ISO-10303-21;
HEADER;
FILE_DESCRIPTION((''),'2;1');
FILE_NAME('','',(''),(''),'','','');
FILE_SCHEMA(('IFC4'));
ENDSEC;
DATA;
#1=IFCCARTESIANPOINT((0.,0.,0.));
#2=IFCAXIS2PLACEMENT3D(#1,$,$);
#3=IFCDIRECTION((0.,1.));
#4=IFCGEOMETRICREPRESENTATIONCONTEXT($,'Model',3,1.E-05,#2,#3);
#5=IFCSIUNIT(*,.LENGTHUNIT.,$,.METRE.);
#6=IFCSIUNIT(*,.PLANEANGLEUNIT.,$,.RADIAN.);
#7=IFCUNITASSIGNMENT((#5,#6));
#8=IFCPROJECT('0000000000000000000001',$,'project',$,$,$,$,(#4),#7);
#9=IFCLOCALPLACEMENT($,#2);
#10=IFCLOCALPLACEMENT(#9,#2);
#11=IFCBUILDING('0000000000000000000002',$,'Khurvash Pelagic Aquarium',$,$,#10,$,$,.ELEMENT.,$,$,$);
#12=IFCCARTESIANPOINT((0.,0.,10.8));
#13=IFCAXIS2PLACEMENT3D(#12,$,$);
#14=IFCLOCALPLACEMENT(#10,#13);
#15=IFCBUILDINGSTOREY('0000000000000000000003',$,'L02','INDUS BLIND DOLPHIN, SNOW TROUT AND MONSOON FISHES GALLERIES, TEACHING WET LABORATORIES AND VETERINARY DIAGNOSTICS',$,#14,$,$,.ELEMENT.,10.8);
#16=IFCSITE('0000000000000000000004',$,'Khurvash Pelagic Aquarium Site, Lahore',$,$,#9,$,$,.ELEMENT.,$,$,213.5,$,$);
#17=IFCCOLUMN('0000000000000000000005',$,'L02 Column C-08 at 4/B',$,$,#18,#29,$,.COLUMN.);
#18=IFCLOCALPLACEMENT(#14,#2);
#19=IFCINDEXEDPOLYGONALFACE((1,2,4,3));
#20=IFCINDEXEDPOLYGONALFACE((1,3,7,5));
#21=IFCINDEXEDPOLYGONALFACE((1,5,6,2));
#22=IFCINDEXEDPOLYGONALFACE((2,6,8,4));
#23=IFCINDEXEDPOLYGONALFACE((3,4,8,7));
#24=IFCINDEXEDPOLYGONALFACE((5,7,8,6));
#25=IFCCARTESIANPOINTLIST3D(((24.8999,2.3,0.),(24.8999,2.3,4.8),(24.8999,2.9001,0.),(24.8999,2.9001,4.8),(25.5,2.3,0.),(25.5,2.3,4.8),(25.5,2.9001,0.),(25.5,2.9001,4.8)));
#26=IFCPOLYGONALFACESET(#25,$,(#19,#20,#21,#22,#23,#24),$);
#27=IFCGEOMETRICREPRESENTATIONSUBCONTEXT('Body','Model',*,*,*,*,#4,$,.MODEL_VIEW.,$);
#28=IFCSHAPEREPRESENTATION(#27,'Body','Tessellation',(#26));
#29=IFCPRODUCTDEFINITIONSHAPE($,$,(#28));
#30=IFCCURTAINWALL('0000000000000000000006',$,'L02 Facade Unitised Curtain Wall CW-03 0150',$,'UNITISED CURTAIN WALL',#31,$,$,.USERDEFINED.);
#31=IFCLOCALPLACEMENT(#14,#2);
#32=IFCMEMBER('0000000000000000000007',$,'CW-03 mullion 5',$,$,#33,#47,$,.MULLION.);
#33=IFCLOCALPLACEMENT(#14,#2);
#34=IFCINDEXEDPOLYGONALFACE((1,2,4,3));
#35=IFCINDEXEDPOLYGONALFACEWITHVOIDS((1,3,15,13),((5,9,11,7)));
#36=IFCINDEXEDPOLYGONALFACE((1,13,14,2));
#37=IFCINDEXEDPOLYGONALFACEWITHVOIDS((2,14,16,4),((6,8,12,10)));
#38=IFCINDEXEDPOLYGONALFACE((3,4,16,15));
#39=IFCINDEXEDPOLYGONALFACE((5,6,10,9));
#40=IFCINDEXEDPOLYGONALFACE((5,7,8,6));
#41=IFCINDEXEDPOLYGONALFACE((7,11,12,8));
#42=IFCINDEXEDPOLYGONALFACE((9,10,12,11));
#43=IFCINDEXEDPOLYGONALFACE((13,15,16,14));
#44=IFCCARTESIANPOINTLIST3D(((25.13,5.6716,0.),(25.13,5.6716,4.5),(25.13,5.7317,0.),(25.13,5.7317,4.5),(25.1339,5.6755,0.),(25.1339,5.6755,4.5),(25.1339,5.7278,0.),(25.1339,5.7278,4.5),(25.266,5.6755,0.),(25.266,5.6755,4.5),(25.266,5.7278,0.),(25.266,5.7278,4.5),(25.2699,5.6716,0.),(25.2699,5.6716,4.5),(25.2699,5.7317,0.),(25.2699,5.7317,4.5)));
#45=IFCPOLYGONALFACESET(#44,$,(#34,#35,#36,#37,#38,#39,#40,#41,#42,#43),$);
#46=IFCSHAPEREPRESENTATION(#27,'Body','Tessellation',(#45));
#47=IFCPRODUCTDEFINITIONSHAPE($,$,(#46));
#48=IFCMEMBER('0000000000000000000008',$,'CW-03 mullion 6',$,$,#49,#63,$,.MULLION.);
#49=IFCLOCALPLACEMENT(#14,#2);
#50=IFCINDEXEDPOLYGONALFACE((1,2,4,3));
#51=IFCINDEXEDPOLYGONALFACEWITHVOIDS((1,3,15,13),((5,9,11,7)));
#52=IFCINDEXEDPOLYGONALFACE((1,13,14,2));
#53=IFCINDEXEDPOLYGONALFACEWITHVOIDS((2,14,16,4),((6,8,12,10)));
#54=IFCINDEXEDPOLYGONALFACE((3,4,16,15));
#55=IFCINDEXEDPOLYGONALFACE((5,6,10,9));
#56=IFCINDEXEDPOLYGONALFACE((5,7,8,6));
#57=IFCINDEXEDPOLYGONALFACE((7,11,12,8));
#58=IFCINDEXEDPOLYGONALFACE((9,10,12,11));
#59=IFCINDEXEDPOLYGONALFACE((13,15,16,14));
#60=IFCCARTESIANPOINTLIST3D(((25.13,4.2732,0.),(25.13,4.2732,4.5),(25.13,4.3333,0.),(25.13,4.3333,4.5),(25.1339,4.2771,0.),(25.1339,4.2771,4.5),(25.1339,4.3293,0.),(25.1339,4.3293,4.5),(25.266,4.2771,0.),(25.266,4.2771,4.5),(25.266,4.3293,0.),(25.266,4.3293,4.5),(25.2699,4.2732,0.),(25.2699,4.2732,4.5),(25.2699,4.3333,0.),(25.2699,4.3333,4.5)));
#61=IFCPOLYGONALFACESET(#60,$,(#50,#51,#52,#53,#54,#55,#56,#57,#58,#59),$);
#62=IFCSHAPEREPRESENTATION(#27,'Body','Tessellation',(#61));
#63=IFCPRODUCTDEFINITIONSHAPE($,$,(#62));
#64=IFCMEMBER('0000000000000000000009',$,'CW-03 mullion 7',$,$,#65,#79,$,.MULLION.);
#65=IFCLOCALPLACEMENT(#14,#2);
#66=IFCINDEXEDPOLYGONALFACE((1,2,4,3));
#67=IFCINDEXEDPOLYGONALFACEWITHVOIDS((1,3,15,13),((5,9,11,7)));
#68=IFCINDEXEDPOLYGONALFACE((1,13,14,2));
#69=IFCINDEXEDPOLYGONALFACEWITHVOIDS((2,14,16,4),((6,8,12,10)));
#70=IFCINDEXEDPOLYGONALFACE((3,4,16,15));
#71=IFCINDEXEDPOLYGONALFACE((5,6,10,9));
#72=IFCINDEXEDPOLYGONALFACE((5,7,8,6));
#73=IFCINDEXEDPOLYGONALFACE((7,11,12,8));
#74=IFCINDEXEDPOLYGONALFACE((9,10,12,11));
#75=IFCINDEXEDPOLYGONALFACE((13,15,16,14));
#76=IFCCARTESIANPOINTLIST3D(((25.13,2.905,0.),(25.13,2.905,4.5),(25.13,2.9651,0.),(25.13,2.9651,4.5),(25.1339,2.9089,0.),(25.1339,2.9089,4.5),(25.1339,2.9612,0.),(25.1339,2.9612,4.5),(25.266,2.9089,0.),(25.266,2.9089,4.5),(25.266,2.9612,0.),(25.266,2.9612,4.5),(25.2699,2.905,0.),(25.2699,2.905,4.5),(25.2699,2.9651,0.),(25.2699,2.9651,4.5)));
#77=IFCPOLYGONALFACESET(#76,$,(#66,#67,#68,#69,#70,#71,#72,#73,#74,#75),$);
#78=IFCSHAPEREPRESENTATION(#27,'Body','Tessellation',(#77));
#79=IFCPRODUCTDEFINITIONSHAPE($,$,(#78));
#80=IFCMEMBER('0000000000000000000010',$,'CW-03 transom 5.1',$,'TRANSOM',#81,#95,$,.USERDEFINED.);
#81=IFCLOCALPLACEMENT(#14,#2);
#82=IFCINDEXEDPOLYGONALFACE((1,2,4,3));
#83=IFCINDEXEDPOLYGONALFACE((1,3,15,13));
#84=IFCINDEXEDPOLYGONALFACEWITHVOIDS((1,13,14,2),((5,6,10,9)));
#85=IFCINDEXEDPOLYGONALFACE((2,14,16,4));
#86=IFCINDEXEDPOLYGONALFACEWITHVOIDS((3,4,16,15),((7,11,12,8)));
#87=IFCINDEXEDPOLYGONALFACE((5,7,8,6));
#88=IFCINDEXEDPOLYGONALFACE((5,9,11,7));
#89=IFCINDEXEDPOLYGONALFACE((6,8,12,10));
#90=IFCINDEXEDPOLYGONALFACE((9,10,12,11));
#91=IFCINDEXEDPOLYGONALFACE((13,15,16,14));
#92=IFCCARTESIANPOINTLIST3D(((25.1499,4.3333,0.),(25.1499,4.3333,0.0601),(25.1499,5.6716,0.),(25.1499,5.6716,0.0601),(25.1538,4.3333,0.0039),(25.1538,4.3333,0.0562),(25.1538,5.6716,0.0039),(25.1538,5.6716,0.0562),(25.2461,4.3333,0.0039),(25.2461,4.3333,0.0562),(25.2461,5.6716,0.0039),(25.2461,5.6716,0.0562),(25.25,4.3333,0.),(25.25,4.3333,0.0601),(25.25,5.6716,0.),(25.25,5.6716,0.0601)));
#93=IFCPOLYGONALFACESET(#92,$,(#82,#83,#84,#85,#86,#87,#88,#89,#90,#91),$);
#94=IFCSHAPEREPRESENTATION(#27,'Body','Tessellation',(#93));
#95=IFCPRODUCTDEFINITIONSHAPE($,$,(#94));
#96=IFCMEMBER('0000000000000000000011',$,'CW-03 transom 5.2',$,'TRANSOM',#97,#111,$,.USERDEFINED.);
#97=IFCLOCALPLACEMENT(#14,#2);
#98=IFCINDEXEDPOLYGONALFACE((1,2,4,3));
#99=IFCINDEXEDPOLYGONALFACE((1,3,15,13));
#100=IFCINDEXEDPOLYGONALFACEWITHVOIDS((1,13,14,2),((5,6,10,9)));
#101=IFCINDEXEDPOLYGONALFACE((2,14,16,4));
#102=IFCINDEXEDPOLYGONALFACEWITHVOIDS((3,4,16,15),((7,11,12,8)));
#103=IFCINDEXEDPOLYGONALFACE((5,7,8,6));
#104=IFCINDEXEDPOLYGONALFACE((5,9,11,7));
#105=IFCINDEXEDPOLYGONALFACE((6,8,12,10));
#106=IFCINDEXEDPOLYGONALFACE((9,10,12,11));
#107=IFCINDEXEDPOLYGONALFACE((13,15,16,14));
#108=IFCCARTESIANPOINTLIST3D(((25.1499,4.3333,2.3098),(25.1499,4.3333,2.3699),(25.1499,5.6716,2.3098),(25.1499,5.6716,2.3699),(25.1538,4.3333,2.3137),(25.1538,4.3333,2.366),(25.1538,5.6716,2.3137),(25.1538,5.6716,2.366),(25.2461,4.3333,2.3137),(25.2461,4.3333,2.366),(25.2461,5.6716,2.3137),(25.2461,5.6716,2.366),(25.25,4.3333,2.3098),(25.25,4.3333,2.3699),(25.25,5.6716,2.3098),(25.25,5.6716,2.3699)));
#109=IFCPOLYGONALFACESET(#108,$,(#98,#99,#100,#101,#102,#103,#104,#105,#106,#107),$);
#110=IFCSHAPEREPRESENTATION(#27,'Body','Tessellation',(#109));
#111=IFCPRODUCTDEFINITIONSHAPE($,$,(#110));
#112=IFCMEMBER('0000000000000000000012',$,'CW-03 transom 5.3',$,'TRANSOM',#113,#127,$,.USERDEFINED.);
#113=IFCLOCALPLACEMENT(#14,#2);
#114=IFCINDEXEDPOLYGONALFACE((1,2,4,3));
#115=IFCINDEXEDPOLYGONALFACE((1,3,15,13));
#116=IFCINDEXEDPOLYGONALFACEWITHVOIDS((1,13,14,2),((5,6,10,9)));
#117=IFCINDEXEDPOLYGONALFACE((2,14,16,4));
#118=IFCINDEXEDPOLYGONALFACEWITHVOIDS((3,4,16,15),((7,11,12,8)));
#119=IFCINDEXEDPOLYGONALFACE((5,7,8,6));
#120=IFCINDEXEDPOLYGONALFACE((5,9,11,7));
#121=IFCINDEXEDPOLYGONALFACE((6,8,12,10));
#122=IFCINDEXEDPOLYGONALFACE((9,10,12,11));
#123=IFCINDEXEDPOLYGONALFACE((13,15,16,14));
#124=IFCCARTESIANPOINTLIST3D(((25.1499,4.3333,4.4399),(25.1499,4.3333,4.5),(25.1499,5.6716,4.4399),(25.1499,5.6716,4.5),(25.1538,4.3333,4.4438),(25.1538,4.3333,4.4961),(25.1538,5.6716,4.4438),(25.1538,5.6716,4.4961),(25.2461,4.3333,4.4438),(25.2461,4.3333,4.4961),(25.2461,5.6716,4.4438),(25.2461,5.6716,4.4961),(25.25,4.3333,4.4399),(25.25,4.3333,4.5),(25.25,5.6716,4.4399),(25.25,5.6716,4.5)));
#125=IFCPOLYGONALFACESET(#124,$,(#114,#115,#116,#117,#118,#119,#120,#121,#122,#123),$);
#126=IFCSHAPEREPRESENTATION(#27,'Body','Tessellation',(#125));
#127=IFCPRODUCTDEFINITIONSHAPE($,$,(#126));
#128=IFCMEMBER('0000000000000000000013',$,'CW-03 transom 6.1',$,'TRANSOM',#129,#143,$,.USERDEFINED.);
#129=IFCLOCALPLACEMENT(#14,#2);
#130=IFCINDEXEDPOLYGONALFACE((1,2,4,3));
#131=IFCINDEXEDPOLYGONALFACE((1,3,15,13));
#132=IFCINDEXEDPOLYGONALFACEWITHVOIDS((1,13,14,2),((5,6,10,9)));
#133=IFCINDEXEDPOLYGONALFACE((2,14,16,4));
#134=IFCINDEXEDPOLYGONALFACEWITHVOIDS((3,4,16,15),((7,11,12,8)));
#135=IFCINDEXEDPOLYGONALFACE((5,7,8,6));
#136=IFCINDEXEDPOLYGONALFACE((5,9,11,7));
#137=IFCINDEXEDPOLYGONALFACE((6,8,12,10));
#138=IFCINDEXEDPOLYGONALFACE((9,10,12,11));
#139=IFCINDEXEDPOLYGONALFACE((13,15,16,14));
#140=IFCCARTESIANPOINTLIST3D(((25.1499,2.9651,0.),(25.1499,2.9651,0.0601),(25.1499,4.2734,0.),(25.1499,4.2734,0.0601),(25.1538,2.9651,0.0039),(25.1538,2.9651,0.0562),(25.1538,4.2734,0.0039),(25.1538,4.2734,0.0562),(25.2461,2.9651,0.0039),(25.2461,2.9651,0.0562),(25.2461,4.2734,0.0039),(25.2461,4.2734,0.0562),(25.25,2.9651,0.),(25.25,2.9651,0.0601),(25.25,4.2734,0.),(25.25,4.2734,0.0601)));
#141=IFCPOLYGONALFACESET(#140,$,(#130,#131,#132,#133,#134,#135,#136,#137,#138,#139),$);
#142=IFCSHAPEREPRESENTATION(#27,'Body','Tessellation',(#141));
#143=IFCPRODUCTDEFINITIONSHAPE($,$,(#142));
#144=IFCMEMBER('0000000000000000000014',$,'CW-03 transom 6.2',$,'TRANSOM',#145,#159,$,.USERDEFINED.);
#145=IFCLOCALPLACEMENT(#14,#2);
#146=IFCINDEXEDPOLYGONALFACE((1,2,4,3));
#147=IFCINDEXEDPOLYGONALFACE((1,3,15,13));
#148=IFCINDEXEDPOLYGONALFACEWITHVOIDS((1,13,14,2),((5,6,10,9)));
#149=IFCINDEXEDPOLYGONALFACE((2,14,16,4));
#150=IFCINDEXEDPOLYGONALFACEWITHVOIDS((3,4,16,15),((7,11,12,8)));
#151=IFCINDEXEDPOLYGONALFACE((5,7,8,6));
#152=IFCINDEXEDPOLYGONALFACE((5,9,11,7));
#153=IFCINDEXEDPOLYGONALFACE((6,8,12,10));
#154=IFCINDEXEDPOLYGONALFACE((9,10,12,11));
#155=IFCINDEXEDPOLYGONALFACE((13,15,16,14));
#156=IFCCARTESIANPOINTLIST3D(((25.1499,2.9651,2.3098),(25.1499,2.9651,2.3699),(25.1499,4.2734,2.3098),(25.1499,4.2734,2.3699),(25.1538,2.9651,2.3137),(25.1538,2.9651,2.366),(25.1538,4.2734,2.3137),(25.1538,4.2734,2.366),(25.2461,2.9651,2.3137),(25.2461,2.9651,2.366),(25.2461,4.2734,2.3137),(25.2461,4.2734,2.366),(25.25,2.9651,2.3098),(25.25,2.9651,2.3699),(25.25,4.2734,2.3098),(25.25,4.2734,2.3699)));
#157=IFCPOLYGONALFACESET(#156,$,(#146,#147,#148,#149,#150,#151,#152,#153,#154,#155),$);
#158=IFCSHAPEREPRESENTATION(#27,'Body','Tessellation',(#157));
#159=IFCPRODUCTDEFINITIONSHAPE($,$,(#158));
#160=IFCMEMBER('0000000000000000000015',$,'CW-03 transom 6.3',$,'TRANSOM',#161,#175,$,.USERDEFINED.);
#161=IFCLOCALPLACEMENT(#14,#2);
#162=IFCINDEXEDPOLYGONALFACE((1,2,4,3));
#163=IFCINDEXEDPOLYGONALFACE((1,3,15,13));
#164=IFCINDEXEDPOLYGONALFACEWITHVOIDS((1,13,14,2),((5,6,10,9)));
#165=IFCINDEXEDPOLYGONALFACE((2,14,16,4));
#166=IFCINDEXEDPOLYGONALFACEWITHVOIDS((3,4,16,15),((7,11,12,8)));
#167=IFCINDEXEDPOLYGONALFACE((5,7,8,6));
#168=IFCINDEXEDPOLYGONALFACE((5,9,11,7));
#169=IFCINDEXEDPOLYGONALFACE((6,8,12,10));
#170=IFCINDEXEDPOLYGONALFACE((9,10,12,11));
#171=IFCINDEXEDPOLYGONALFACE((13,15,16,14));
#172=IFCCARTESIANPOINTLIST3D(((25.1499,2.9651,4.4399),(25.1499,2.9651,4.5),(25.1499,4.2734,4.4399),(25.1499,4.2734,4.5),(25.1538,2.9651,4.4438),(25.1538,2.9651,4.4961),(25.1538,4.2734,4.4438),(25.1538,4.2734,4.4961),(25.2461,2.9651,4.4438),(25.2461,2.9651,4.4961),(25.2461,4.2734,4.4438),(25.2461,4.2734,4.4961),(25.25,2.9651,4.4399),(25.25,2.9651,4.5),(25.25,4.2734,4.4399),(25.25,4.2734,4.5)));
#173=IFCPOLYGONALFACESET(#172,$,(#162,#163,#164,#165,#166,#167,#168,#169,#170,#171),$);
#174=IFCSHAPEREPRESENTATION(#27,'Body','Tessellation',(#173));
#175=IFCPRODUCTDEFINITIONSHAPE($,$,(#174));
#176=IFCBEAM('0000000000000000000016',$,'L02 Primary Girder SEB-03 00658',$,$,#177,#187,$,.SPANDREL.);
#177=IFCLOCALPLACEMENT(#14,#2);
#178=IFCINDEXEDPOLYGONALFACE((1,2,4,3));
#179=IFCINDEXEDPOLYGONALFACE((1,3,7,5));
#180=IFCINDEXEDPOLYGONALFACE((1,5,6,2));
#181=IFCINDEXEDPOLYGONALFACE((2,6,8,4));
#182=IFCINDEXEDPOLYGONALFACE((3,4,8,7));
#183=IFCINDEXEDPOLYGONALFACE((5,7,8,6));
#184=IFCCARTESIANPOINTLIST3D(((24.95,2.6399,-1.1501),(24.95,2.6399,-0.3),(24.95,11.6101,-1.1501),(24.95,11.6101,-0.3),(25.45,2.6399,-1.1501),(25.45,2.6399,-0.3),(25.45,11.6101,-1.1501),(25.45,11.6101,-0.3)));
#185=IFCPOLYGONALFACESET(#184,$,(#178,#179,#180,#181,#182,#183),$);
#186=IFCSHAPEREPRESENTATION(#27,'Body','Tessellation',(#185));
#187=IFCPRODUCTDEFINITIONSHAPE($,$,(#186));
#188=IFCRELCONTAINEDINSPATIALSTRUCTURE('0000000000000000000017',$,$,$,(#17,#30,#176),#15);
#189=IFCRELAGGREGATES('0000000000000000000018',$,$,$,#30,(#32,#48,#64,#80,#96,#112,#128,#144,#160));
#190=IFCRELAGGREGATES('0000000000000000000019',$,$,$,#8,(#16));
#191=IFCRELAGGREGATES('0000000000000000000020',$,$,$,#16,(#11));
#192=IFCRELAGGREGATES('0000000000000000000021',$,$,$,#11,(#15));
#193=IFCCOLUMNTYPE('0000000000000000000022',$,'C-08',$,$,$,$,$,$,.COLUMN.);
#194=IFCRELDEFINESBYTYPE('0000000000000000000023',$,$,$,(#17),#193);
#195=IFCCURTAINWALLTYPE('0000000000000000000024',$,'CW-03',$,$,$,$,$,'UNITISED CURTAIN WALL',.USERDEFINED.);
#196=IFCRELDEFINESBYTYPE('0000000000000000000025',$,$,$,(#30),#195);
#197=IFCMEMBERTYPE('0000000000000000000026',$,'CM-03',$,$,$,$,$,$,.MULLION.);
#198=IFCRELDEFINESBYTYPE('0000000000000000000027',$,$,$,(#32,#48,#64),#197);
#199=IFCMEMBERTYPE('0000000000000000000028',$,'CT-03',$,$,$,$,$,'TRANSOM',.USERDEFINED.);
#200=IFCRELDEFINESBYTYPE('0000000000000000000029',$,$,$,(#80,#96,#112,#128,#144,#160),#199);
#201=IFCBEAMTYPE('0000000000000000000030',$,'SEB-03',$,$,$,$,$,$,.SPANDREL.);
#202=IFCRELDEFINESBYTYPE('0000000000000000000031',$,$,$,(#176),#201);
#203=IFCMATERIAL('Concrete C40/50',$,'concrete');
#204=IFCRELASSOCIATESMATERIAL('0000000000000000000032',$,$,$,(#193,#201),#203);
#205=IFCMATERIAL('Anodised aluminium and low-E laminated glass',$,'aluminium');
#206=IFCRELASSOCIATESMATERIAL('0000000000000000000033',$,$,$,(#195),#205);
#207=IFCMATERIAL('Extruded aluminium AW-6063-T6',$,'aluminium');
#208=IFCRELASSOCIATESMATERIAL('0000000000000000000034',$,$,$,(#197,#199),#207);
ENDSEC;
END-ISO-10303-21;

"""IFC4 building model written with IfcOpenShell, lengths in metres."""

from ifc_helpers import new_model, si_unit, direction, frame, origin, origin_2d, place, context, subcontext, project, spatial, rectangle, hollow_rectangle, extrude, material, material_profile, profile_set, type_object, element, aggregate, save


model = new_model("IFC4")

# Units and contexts
model_context = context("Model", 3, precision=1e-05, world=origin(), true_north=direction((0.0, 1.0)))
body_context = subcontext(model_context, "Body", "Model", "MODEL_VIEW")
ifc_project = project(units=[si_unit("LENGTHUNIT", "METRE"), si_unit("PLANEANGLEUNIT", "RADIAN")], contexts=[model_context])

# Site, building, storey
site_placement = place(None, origin())
site = spatial("IfcSite", under=ifc_project, at=site_placement, Name="Khurvash Pelagic Aquarium Site, Lahore", CompositionType="ELEMENT", RefElevation=213.5)
building_placement = place(site_placement, origin())
building = spatial("IfcBuilding", under=site, at=building_placement, Name="Khurvash Pelagic Aquarium", CompositionType="ELEMENT")
storey_placement = place(building_placement, frame((0.0, 0.0, 10.8)))
storey = spatial("IfcBuildingStorey", under=building, at=storey_placement, Name="L02", Description="INDUS BLIND DOLPHIN, SNOW TROUT AND MONSOON FISHES GALLERIES, TEACHING WET LABORATORIES AND VETERINARY DIAGNOSTICS", CompositionType="ELEMENT", Elevation=10.8)

# Column
ifc_material_1 = material(Name="Concrete C40/50", Category="concrete")
ifc_material_profile_1 = material_profile(ifc_material_1, rectangle(XDim=0.6001, YDim=0.6001, at=origin_2d()), Name="RC600X600")
ifc_profile_set_1 = profile_set([ifc_material_profile_1], Name="Concrete C40/50")
column_type = type_object("IfcColumnType", Name="C-08", PredefinedType="COLUMN", material=ifc_profile_set_1)
column_placement = place(storey_placement, frame((25.2, 2.6001, 0.0), z_axis=(0.0, 0.0, 1.0), x_axis=(1.0, 0.0, 0.0)))
element("IfcColumn", 1, at=column_placement, inside=storey, type_object=column_type, Name="L02 Column C-08 at 4/B", PredefinedType="COLUMN", context=body_context, shape_type="SweptSolid", body=[
    extrude(rectangle(XDim=0.6001, YDim=0.6001, at=origin_2d()), origin(), (0.0, 0.0, 1.0), 4.8),
])

# Curtain wall, members
ifc_material_2 = material(Name="Anodised aluminium and low-E laminated glass", Category="aluminium")
curtain_wall_type = type_object("IfcCurtainWallType", Name="CW-03", ElementType="UNITISED CURTAIN WALL", PredefinedType="USERDEFINED", material=ifc_material_2)
curtain_wall_placement = place(storey_placement, origin())
curtain_wall = element("IfcCurtainWall", 2, at=curtain_wall_placement, inside=storey, type_object=curtain_wall_type, Name="L02 Facade Unitised Curtain Wall CW-03 0150", ObjectType="UNITISED CURTAIN WALL", PredefinedType="USERDEFINED")
ifc_material_3 = material(Name="Extruded aluminium AW-6063-T6", Category="aluminium")
ifc_material_profile_2 = material_profile(ifc_material_3, hollow_rectangle(XDim=0.0601, YDim=0.1399, WallThickness=0.0039, at=origin_2d()), Name="CWM60X140X4")
ifc_profile_set_2 = profile_set([ifc_material_profile_2], Name="Extruded aluminium AW-6063-T6")
member_type_1 = type_object("IfcMemberType", Name="CM-03", PredefinedType="MULLION", material=ifc_profile_set_2)
member_1_placement = place(storey_placement, frame((25.2, 5.7017, 0.0), z_axis=(0.0, 0.0, 1.0), x_axis=(0.0, -1.0, 0.0)))
member_1 = element("IfcMember", 3, at=member_1_placement, type_object=member_type_1, Name="CW-03 mullion 5", PredefinedType="MULLION", context=body_context, shape_type="SweptSolid", body=[
    extrude(hollow_rectangle(XDim=0.0601, YDim=0.1399, WallThickness=0.0039, at=origin_2d()), origin(), (0.0, 0.0, 1.0), 4.5),
])
member_2_placement = place(storey_placement, frame((25.2, 4.3032, 0.0), z_axis=(0.0, 0.0, 1.0), x_axis=(0.0, -1.0, 0.0)))
member_2 = element("IfcMember", 4, at=member_2_placement, type_object=member_type_1, Name="CW-03 mullion 6", PredefinedType="MULLION", context=body_context, shape_type="SweptSolid", body=[
    extrude(hollow_rectangle(XDim=0.0601, YDim=0.1399, WallThickness=0.0039, at=origin_2d()), origin(), (0.0, 0.0, 1.0), 4.5),
])
member_3_placement = place(storey_placement, frame((25.2, 2.9351, 0.0), z_axis=(0.0, 0.0, 1.0), x_axis=(0.0, -1.0, 0.0)))
member_3 = element("IfcMember", 5, at=member_3_placement, type_object=member_type_1, Name="CW-03 mullion 7", PredefinedType="MULLION", context=body_context, shape_type="SweptSolid", body=[
    extrude(hollow_rectangle(XDim=0.0601, YDim=0.1399, WallThickness=0.0039, at=origin_2d()), origin(), (0.0, 0.0, 1.0), 4.5),
])
ifc_material_profile_3 = material_profile(ifc_material_3, hollow_rectangle(XDim=0.1001, YDim=0.0601, WallThickness=0.0039, at=origin_2d()), Name="CWT100X60X4")
ifc_profile_set_3 = profile_set([ifc_material_profile_3], Name="Extruded aluminium AW-6063-T6")
member_type_2 = type_object("IfcMemberType", Name="CT-03", ElementType="TRANSOM", PredefinedType="USERDEFINED", material=ifc_profile_set_3)
member_4_placement = place(storey_placement, frame((25.2, 5.6716, 0.03), z_axis=(0.0, -1.0, 0.0), x_axis=(1.0, 0.0, 0.0)))
member_4 = element("IfcMember", 6, at=member_4_placement, type_object=member_type_2, Name="CW-03 transom 5.1", ObjectType="TRANSOM", PredefinedType="USERDEFINED", context=body_context, shape_type="SweptSolid", body=[
    extrude(hollow_rectangle(XDim=0.1001, YDim=0.0601, WallThickness=0.0039, at=origin_2d()), origin(), (0.0, 0.0, 1.0), 1.3384),
])
member_5_placement = place(storey_placement, frame((25.2, 5.6716, 2.3398), z_axis=(0.0, -1.0, 0.0), x_axis=(1.0, 0.0, 0.0)))
member_5 = element("IfcMember", 7, at=member_5_placement, type_object=member_type_2, Name="CW-03 transom 5.2", ObjectType="TRANSOM", PredefinedType="USERDEFINED", context=body_context, shape_type="SweptSolid", body=[
    extrude(hollow_rectangle(XDim=0.1001, YDim=0.0601, WallThickness=0.0039, at=origin_2d()), origin(), (0.0, 0.0, 1.0), 1.3384),
])
member_6_placement = place(storey_placement, frame((25.2, 5.6716, 4.47), z_axis=(0.0, -1.0, 0.0), x_axis=(1.0, 0.0, 0.0)))
member_6 = element("IfcMember", 8, at=member_6_placement, type_object=member_type_2, Name="CW-03 transom 5.3", ObjectType="TRANSOM", PredefinedType="USERDEFINED", context=body_context, shape_type="SweptSolid", body=[
    extrude(hollow_rectangle(XDim=0.1001, YDim=0.0601, WallThickness=0.0039, at=origin_2d()), origin(), (0.0, 0.0, 1.0), 1.3384),
])
member_7_placement = place(storey_placement, frame((25.2, 4.2734, 0.03), z_axis=(0.0, -1.0, 0.0), x_axis=(1.0, 0.0, 0.0)))
member_7 = element("IfcMember", 9, at=member_7_placement, type_object=member_type_2, Name="CW-03 transom 6.1", ObjectType="TRANSOM", PredefinedType="USERDEFINED", context=body_context, shape_type="SweptSolid", body=[
    extrude(hollow_rectangle(XDim=0.1001, YDim=0.0601, WallThickness=0.0039, at=origin_2d()), origin(), (0.0, 0.0, 1.0), 1.3083),
])
member_8_placement = place(storey_placement, frame((25.2, 4.2734, 2.3398), z_axis=(0.0, -1.0, 0.0), x_axis=(1.0, 0.0, 0.0)))
member_8 = element("IfcMember", 10, at=member_8_placement, type_object=member_type_2, Name="CW-03 transom 6.2", ObjectType="TRANSOM", PredefinedType="USERDEFINED", context=body_context, shape_type="SweptSolid", body=[
    extrude(hollow_rectangle(XDim=0.1001, YDim=0.0601, WallThickness=0.0039, at=origin_2d()), origin(), (0.0, 0.0, 1.0), 1.3083),
])
member_9_placement = place(storey_placement, frame((25.2, 4.2734, 4.47), z_axis=(0.0, -1.0, 0.0), x_axis=(1.0, 0.0, 0.0)))
member_9 = element("IfcMember", 11, at=member_9_placement, type_object=member_type_2, Name="CW-03 transom 6.3", ObjectType="TRANSOM", PredefinedType="USERDEFINED", context=body_context, shape_type="SweptSolid", body=[
    extrude(hollow_rectangle(XDim=0.1001, YDim=0.0601, WallThickness=0.0039, at=origin_2d()), origin(), (0.0, 0.0, 1.0), 1.3083),
])

# Beam
ifc_material_profile_4 = material_profile(ifc_material_1, rectangle(XDim=0.5, YDim=0.8501, at=origin_2d()), Name="RC500X850")
ifc_profile_set_4 = profile_set([ifc_material_profile_4], Name="Concrete C40/50")
beam_type = type_object("IfcBeamType", Name="SEB-03", PredefinedType="SPANDREL", material=ifc_profile_set_4)
beam_placement = place(storey_placement, frame((25.2, 2.6399, -0.7251), z_axis=(0.0, 1.0, 0.0), x_axis=(-1.0, 0.0, 0.0)))
element("IfcBeam", 12, at=beam_placement, inside=storey, type_object=beam_type, Name="L02 Primary Girder SEB-03 00658", PredefinedType="SPANDREL", context=body_context, shape_type="SweptSolid", body=[
    extrude(rectangle(XDim=0.5, YDim=0.8501, at=origin_2d()), origin(), (0.0, 0.0, 1.0), 8.9702),
])

aggregate(curtain_wall, [member_1, member_2, member_3, member_4, member_5, member_6, member_7, member_8, member_9])

save(model, "model.ifc")
